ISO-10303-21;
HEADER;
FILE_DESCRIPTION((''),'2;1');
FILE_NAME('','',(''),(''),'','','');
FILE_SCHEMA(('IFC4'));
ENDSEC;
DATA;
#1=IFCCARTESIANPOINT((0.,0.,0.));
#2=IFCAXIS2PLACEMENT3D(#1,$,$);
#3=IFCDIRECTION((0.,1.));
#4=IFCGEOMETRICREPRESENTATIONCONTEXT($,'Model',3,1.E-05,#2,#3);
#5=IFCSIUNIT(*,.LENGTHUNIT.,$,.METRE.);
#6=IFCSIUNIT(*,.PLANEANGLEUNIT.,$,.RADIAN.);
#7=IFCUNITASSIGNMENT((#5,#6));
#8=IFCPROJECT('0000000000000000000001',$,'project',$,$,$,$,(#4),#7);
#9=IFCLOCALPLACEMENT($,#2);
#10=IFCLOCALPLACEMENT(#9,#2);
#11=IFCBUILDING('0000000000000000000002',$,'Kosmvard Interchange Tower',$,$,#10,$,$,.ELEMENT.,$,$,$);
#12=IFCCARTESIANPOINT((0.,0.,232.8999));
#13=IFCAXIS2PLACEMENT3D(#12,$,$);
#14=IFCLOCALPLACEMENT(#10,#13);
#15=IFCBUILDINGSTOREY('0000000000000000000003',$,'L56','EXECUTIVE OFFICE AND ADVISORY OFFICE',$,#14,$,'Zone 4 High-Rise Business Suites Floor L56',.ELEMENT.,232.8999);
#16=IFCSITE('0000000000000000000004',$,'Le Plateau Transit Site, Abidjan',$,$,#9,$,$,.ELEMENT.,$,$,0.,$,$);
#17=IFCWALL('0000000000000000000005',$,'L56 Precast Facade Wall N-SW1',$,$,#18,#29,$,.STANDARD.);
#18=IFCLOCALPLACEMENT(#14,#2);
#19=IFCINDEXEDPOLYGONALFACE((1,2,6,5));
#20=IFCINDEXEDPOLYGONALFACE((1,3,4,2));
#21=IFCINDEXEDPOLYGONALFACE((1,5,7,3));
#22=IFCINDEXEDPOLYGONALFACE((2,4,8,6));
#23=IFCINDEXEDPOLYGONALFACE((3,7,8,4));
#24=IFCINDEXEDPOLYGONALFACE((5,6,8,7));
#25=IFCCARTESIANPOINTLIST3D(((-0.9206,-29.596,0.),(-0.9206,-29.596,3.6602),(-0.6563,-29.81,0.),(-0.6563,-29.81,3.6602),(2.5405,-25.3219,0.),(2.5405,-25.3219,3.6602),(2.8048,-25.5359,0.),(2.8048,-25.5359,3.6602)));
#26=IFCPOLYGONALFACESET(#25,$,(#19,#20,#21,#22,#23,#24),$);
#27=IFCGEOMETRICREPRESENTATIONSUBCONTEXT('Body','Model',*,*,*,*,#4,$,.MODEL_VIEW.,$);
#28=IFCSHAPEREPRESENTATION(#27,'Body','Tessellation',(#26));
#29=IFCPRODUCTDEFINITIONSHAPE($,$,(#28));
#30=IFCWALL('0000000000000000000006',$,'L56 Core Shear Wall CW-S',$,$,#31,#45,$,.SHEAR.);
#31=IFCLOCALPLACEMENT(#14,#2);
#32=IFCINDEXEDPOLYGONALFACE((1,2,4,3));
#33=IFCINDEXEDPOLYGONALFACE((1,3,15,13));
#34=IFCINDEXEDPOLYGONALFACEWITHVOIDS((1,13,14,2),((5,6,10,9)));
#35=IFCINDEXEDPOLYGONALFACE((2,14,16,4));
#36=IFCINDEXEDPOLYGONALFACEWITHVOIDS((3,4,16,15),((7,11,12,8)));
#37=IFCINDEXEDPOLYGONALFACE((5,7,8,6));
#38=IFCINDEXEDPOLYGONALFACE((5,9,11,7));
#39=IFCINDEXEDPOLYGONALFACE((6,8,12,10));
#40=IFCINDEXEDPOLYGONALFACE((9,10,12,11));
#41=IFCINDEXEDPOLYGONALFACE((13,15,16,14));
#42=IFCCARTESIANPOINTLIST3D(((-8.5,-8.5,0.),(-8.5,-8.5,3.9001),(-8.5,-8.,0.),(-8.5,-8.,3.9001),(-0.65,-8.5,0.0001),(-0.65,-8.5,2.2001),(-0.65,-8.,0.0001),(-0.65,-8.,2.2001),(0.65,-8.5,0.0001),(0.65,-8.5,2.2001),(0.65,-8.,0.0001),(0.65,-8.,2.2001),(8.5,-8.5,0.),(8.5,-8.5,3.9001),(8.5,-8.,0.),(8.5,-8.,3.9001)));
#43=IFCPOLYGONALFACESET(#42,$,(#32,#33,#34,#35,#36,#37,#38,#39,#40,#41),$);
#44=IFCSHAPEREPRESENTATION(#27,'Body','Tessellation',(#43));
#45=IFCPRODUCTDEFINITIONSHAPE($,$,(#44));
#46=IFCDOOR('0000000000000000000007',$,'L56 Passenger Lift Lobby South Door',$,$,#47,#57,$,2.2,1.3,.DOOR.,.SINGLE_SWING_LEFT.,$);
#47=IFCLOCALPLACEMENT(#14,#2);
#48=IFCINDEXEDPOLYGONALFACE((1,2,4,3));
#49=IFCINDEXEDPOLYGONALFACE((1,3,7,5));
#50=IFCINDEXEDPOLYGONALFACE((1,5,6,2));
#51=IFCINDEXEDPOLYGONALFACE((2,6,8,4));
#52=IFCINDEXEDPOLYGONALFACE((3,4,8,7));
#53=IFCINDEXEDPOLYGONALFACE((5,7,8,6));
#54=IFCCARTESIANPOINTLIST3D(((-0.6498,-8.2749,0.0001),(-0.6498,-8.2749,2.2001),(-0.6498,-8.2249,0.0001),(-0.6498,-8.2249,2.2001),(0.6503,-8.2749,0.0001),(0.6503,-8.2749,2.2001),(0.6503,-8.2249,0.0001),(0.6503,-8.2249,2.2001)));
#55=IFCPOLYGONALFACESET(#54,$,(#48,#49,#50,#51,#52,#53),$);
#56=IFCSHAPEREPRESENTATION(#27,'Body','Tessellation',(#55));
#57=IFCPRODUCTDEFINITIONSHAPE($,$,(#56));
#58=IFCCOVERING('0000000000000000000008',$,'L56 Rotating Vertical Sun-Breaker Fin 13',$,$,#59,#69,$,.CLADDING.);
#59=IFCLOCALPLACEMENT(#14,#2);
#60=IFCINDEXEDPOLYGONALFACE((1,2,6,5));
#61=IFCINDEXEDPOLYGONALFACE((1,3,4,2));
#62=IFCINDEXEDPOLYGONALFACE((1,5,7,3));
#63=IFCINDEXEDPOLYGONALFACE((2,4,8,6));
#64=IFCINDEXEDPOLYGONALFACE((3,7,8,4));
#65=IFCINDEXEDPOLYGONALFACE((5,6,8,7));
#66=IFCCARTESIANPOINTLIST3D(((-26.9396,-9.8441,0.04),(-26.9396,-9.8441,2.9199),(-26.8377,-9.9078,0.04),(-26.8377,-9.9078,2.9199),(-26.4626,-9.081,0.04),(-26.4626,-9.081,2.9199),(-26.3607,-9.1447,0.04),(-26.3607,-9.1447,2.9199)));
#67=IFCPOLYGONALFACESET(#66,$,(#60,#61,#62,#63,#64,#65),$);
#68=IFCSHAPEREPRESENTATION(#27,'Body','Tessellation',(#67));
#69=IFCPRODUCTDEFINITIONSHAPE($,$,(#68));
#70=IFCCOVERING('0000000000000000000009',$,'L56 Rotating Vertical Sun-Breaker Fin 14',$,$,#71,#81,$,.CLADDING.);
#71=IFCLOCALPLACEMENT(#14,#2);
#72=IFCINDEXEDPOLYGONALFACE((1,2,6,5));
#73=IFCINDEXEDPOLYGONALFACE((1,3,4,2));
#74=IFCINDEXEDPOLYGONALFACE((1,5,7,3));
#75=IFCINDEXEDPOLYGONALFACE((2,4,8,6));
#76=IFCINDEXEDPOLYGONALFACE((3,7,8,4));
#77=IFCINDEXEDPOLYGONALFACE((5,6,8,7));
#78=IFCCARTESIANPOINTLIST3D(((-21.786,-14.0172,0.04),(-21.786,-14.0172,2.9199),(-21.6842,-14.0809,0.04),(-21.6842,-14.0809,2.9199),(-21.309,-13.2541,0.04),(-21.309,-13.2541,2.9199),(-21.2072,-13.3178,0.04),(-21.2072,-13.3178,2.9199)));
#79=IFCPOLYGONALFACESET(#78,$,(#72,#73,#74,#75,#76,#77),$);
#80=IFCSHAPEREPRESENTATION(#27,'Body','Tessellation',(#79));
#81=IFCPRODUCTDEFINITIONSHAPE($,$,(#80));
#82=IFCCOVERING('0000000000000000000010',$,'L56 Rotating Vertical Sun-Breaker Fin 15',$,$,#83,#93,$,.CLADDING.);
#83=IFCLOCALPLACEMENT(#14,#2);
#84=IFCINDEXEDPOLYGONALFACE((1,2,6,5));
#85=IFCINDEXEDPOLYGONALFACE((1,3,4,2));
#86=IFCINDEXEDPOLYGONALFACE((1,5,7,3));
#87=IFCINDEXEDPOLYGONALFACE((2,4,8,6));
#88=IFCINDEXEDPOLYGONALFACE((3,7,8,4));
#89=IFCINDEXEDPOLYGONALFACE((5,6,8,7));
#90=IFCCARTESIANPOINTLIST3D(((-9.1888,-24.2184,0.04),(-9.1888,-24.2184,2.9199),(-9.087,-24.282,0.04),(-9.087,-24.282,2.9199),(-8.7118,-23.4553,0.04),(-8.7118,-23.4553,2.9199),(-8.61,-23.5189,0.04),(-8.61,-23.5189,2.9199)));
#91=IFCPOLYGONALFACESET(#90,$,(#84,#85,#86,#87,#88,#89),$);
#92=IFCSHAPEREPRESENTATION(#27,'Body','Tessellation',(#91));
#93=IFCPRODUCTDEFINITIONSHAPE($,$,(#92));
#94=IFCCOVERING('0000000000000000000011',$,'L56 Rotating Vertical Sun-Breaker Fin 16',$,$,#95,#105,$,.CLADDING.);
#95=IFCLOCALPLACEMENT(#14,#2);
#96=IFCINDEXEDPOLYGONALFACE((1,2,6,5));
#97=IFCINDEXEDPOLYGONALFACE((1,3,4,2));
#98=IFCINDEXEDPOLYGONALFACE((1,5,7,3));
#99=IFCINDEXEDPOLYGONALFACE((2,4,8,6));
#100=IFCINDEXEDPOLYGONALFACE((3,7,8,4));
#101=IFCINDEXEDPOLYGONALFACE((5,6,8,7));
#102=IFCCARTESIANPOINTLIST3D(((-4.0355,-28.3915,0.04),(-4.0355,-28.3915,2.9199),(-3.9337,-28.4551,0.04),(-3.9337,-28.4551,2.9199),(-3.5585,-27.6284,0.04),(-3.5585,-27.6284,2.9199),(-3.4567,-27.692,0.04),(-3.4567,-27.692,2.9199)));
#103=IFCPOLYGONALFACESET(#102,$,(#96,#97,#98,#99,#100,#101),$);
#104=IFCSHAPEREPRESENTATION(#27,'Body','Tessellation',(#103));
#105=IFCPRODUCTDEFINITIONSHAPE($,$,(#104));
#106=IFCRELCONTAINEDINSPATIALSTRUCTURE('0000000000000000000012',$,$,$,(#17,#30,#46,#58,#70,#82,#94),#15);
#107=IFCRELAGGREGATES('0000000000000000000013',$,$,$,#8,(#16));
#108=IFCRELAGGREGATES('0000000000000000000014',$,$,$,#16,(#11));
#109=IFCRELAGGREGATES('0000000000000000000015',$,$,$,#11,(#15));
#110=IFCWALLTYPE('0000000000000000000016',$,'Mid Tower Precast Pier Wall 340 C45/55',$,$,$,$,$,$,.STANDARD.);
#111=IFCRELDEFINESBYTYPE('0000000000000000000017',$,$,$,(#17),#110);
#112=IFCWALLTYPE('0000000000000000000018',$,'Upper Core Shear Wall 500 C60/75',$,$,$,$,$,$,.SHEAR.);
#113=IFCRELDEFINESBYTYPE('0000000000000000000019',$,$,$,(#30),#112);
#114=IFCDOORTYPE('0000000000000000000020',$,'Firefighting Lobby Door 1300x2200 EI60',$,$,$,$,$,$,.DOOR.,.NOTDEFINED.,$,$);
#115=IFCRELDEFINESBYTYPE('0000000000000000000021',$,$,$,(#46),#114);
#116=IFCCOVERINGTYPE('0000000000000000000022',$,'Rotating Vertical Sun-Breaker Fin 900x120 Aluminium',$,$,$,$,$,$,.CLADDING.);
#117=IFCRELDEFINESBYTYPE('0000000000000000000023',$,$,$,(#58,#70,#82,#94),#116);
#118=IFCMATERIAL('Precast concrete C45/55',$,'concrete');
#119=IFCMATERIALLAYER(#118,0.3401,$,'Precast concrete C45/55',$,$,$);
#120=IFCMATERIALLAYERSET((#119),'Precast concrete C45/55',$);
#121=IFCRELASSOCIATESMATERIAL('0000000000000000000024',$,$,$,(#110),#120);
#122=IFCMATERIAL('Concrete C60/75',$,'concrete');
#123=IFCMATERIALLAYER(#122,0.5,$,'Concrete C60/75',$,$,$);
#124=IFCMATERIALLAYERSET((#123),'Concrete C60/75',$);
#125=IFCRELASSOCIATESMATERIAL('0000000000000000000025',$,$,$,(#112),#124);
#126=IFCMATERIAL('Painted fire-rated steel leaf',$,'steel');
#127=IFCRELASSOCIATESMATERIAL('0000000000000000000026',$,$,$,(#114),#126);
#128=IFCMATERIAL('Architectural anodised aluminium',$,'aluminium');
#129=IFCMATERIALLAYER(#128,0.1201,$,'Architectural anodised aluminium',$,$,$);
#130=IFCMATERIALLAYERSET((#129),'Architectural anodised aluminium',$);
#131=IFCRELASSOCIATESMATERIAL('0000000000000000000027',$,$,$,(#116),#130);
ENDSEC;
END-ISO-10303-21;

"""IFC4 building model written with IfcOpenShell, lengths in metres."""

from ifc_helpers import new_model, si_unit, direction, frame, frame_2d, origin, origin_2d, place, context, subcontext, project, spatial, rectangle, extrude, source, transform, mapped, material, layer, layer_set, type_object, element, fill, save


model = new_model("IFC4")

# Units and contexts
model_context = context("Model", 3, precision=1e-05, world=origin(), true_north=direction((0.0, 1.0)))
body_context = subcontext(model_context, "Body", "Model", "MODEL_VIEW")
ifc_project = project(units=[si_unit("LENGTHUNIT", "METRE"), si_unit("PLANEANGLEUNIT", "RADIAN")], contexts=[model_context])

# Site, building, storey
site_placement = place(None, origin())
site = spatial("IfcSite", under=ifc_project, at=site_placement, Name="Le Plateau Transit Site, Abidjan", CompositionType="ELEMENT", RefElevation=0.0)
building_placement = place(site_placement, origin())
building = spatial("IfcBuilding", under=site, at=building_placement, Name="Kosmvard Interchange Tower", CompositionType="ELEMENT")
storey_placement = place(building_placement, frame((0.0, 0.0, 232.8999)))
storey = spatial("IfcBuildingStorey", under=building, at=storey_placement, Name="L56", Description="EXECUTIVE OFFICE AND ADVISORY OFFICE", LongName="Zone 4 High-Rise Business Suites Floor L56", CompositionType="ELEMENT", Elevation=232.8999)

# Shared definitions
ifc_material_1 = material(Name="Concrete C60/75", Category="concrete")

# Shared definitions
ifc_material_2 = material(Name="Precast concrete C45/55", Category="concrete")

# Wall
ifc_layer_1 = layer(ifc_material_2, 0.3401, Name="Precast concrete C45/55")
ifc_layer_set_1 = layer_set([ifc_layer_1], Name="Precast concrete C45/55")
wall_type_1 = type_object("IfcWallType", Name="Mid Tower Precast Pier Wall 340 C45/55", PredefinedType="STANDARD", material=ifc_layer_set_1)
wall_1_placement = place(storey_placement, frame((-0.7886, -29.7031, 0.0), z_axis=(0.0, 0.0, 1.0), x_axis=(0.629323, 0.777144, 0.0)))
element("IfcWall", 1, at=wall_1_placement, inside=storey, type_object=wall_type_1, Name="L56 Precast Facade Wall N-SW1", PredefinedType="STANDARD", context=body_context, shape_type="SweptSolid", body=[
    extrude(rectangle(XDim=5.4998, YDim=0.3401, at=frame_2d((2.75, 0.0))), origin(), (0.0, 0.0, 1.0), 3.6602),
])

# Wall, opening, door
ifc_layer_2 = layer(ifc_material_1, 0.5, Name="Concrete C60/75")
ifc_layer_set_2 = layer_set([ifc_layer_2], Name="Concrete C60/75")
wall_type_2 = type_object("IfcWallType", Name="Upper Core Shear Wall 500 C60/75", PredefinedType="SHEAR", material=ifc_layer_set_2)
wall_2_placement = place(storey_placement, frame((-8.5, -8.25, 0.0), z_axis=(0.0, 0.0, 1.0), x_axis=(1.0, 0.0, 0.0)))
wall_2 = element("IfcWall", 2, at=wall_2_placement, inside=storey, type_object=wall_type_2, Name="L56 Core Shear Wall CW-S", PredefinedType="SHEAR", context=body_context, shape_type="SweptSolid", body=[
    extrude(rectangle(XDim=17.0, YDim=0.5, at=frame_2d((8.5, 0.0))), origin(), (0.0, 0.0, 1.0), 3.9001),
])
opening_1_placement = place(wall_2_placement, frame((7.8501, 0.0, 0.0)))
opening_1 = element("IfcOpeningElement", 3, at=opening_1_placement, cuts=wall_2, PredefinedType="OPENING", context=body_context, shape_type="SweptSolid", body=[
    extrude(rectangle(XDim=1.3, YDim=2.2, at=frame_2d((0.6499, 1.1001))), frame((0.0, 0.26, 0.0), z_axis=(0.0, -1.0, 0.0), x_axis=(1.0, 0.0, 0.0)), (0.0, 0.0, 1.0), 0.52),
])
ifc_material_3 = material(Name="Painted fire-rated steel leaf", Category="steel")
door_type_1 = type_object("IfcDoorType", Name="Firefighting Lobby Door 1300x2200 EI60", OperationType="NOTDEFINED", PredefinedType="DOOR", material=ifc_material_3)
shared_shape_1 = source(origin(), body_context, "Body", "SweptSolid", [
    extrude(rectangle(XDim=1.3, YDim=2.2, at=frame_2d((0.6499, 1.1001))), frame((0.0, 0.0249, 0.0), z_axis=(0.0, -1.0, 0.0), x_axis=(1.0, 0.0, 0.0)), (0.0, 0.0, 1.0), 0.05),
])
door_1_placement = place(opening_1_placement, frame((1.3, 0.0, 0.0), z_axis=(0.0, 0.0, 1.0), x_axis=(-1.0, 0.0, 0.0)))
door_1 = element("IfcDoor", 4, at=door_1_placement, inside=storey, type_object=door_type_1, Name="L56 Passenger Lift Lobby South Door", OperationType="SINGLE_SWING_LEFT", OverallHeight=2.2, OverallWidth=1.3, PredefinedType="DOOR", context=body_context, shape_type="MappedRepresentation", body=[
    mapped(shared_shape_1, transform((0.0, 0.0, 0.0), scale=1.0)),
])
fill(opening_1, door_1)

# Coverings
ifc_material_4 = material(Name="Architectural anodised aluminium", Category="aluminium")
ifc_layer_3 = layer(ifc_material_4, 0.1201, Name="Architectural anodised aluminium")
ifc_layer_set_3 = layer_set([ifc_layer_3], Name="Architectural anodised aluminium")
covering_type = type_object("IfcCoveringType", Name="Rotating Vertical Sun-Breaker Fin 900x120 Aluminium", PredefinedType="CLADDING", material=ifc_layer_set_3)
shared_shape_2 = source(origin(), body_context, "Body", "SweptSolid", [
    extrude(rectangle(XDim=0.8999, YDim=0.1201, at=origin_2d()), origin(), (0.0, 0.0, 1.0), 2.8799),
])
for number, where, z_axis, x_axis, name in (
    (5, (-26.6501, -9.4944, 0.04), (0.0, 0.0, 1.0), (-0.530067, -0.847956, 0.0), "L56 Rotating Vertical Sun-Breaker Fin 13"),
    (6, (-21.4966, -13.6675, 0.04), (0.0, 0.0, 1.0), (-0.530067, -0.847956, 0.0), "L56 Rotating Vertical Sun-Breaker Fin 14"),
    (7, (-8.8994, -23.8687, 0.04), (0.0, 0.0, 1.0), (-0.530067, -0.847956, 0.0), "L56 Rotating Vertical Sun-Breaker Fin 15"),
    (8, (-3.7461, -28.0417, 0.04), (0.0, 0.0, 1.0), (-0.530067, -0.847956, 0.0), "L56 Rotating Vertical Sun-Breaker Fin 16"),
):
    element("IfcCovering", number, at=place(storey_placement, frame(where, z_axis=z_axis, x_axis=x_axis)), inside=storey, type_object=covering_type, Name=name, PredefinedType="CLADDING", context=body_context, shape_type="MappedRepresentation", body=[
        mapped(shared_shape_2, transform((0.0, 0.0, 0.0), scale=1.0)),
    ])

save(model, "model.ifc")
